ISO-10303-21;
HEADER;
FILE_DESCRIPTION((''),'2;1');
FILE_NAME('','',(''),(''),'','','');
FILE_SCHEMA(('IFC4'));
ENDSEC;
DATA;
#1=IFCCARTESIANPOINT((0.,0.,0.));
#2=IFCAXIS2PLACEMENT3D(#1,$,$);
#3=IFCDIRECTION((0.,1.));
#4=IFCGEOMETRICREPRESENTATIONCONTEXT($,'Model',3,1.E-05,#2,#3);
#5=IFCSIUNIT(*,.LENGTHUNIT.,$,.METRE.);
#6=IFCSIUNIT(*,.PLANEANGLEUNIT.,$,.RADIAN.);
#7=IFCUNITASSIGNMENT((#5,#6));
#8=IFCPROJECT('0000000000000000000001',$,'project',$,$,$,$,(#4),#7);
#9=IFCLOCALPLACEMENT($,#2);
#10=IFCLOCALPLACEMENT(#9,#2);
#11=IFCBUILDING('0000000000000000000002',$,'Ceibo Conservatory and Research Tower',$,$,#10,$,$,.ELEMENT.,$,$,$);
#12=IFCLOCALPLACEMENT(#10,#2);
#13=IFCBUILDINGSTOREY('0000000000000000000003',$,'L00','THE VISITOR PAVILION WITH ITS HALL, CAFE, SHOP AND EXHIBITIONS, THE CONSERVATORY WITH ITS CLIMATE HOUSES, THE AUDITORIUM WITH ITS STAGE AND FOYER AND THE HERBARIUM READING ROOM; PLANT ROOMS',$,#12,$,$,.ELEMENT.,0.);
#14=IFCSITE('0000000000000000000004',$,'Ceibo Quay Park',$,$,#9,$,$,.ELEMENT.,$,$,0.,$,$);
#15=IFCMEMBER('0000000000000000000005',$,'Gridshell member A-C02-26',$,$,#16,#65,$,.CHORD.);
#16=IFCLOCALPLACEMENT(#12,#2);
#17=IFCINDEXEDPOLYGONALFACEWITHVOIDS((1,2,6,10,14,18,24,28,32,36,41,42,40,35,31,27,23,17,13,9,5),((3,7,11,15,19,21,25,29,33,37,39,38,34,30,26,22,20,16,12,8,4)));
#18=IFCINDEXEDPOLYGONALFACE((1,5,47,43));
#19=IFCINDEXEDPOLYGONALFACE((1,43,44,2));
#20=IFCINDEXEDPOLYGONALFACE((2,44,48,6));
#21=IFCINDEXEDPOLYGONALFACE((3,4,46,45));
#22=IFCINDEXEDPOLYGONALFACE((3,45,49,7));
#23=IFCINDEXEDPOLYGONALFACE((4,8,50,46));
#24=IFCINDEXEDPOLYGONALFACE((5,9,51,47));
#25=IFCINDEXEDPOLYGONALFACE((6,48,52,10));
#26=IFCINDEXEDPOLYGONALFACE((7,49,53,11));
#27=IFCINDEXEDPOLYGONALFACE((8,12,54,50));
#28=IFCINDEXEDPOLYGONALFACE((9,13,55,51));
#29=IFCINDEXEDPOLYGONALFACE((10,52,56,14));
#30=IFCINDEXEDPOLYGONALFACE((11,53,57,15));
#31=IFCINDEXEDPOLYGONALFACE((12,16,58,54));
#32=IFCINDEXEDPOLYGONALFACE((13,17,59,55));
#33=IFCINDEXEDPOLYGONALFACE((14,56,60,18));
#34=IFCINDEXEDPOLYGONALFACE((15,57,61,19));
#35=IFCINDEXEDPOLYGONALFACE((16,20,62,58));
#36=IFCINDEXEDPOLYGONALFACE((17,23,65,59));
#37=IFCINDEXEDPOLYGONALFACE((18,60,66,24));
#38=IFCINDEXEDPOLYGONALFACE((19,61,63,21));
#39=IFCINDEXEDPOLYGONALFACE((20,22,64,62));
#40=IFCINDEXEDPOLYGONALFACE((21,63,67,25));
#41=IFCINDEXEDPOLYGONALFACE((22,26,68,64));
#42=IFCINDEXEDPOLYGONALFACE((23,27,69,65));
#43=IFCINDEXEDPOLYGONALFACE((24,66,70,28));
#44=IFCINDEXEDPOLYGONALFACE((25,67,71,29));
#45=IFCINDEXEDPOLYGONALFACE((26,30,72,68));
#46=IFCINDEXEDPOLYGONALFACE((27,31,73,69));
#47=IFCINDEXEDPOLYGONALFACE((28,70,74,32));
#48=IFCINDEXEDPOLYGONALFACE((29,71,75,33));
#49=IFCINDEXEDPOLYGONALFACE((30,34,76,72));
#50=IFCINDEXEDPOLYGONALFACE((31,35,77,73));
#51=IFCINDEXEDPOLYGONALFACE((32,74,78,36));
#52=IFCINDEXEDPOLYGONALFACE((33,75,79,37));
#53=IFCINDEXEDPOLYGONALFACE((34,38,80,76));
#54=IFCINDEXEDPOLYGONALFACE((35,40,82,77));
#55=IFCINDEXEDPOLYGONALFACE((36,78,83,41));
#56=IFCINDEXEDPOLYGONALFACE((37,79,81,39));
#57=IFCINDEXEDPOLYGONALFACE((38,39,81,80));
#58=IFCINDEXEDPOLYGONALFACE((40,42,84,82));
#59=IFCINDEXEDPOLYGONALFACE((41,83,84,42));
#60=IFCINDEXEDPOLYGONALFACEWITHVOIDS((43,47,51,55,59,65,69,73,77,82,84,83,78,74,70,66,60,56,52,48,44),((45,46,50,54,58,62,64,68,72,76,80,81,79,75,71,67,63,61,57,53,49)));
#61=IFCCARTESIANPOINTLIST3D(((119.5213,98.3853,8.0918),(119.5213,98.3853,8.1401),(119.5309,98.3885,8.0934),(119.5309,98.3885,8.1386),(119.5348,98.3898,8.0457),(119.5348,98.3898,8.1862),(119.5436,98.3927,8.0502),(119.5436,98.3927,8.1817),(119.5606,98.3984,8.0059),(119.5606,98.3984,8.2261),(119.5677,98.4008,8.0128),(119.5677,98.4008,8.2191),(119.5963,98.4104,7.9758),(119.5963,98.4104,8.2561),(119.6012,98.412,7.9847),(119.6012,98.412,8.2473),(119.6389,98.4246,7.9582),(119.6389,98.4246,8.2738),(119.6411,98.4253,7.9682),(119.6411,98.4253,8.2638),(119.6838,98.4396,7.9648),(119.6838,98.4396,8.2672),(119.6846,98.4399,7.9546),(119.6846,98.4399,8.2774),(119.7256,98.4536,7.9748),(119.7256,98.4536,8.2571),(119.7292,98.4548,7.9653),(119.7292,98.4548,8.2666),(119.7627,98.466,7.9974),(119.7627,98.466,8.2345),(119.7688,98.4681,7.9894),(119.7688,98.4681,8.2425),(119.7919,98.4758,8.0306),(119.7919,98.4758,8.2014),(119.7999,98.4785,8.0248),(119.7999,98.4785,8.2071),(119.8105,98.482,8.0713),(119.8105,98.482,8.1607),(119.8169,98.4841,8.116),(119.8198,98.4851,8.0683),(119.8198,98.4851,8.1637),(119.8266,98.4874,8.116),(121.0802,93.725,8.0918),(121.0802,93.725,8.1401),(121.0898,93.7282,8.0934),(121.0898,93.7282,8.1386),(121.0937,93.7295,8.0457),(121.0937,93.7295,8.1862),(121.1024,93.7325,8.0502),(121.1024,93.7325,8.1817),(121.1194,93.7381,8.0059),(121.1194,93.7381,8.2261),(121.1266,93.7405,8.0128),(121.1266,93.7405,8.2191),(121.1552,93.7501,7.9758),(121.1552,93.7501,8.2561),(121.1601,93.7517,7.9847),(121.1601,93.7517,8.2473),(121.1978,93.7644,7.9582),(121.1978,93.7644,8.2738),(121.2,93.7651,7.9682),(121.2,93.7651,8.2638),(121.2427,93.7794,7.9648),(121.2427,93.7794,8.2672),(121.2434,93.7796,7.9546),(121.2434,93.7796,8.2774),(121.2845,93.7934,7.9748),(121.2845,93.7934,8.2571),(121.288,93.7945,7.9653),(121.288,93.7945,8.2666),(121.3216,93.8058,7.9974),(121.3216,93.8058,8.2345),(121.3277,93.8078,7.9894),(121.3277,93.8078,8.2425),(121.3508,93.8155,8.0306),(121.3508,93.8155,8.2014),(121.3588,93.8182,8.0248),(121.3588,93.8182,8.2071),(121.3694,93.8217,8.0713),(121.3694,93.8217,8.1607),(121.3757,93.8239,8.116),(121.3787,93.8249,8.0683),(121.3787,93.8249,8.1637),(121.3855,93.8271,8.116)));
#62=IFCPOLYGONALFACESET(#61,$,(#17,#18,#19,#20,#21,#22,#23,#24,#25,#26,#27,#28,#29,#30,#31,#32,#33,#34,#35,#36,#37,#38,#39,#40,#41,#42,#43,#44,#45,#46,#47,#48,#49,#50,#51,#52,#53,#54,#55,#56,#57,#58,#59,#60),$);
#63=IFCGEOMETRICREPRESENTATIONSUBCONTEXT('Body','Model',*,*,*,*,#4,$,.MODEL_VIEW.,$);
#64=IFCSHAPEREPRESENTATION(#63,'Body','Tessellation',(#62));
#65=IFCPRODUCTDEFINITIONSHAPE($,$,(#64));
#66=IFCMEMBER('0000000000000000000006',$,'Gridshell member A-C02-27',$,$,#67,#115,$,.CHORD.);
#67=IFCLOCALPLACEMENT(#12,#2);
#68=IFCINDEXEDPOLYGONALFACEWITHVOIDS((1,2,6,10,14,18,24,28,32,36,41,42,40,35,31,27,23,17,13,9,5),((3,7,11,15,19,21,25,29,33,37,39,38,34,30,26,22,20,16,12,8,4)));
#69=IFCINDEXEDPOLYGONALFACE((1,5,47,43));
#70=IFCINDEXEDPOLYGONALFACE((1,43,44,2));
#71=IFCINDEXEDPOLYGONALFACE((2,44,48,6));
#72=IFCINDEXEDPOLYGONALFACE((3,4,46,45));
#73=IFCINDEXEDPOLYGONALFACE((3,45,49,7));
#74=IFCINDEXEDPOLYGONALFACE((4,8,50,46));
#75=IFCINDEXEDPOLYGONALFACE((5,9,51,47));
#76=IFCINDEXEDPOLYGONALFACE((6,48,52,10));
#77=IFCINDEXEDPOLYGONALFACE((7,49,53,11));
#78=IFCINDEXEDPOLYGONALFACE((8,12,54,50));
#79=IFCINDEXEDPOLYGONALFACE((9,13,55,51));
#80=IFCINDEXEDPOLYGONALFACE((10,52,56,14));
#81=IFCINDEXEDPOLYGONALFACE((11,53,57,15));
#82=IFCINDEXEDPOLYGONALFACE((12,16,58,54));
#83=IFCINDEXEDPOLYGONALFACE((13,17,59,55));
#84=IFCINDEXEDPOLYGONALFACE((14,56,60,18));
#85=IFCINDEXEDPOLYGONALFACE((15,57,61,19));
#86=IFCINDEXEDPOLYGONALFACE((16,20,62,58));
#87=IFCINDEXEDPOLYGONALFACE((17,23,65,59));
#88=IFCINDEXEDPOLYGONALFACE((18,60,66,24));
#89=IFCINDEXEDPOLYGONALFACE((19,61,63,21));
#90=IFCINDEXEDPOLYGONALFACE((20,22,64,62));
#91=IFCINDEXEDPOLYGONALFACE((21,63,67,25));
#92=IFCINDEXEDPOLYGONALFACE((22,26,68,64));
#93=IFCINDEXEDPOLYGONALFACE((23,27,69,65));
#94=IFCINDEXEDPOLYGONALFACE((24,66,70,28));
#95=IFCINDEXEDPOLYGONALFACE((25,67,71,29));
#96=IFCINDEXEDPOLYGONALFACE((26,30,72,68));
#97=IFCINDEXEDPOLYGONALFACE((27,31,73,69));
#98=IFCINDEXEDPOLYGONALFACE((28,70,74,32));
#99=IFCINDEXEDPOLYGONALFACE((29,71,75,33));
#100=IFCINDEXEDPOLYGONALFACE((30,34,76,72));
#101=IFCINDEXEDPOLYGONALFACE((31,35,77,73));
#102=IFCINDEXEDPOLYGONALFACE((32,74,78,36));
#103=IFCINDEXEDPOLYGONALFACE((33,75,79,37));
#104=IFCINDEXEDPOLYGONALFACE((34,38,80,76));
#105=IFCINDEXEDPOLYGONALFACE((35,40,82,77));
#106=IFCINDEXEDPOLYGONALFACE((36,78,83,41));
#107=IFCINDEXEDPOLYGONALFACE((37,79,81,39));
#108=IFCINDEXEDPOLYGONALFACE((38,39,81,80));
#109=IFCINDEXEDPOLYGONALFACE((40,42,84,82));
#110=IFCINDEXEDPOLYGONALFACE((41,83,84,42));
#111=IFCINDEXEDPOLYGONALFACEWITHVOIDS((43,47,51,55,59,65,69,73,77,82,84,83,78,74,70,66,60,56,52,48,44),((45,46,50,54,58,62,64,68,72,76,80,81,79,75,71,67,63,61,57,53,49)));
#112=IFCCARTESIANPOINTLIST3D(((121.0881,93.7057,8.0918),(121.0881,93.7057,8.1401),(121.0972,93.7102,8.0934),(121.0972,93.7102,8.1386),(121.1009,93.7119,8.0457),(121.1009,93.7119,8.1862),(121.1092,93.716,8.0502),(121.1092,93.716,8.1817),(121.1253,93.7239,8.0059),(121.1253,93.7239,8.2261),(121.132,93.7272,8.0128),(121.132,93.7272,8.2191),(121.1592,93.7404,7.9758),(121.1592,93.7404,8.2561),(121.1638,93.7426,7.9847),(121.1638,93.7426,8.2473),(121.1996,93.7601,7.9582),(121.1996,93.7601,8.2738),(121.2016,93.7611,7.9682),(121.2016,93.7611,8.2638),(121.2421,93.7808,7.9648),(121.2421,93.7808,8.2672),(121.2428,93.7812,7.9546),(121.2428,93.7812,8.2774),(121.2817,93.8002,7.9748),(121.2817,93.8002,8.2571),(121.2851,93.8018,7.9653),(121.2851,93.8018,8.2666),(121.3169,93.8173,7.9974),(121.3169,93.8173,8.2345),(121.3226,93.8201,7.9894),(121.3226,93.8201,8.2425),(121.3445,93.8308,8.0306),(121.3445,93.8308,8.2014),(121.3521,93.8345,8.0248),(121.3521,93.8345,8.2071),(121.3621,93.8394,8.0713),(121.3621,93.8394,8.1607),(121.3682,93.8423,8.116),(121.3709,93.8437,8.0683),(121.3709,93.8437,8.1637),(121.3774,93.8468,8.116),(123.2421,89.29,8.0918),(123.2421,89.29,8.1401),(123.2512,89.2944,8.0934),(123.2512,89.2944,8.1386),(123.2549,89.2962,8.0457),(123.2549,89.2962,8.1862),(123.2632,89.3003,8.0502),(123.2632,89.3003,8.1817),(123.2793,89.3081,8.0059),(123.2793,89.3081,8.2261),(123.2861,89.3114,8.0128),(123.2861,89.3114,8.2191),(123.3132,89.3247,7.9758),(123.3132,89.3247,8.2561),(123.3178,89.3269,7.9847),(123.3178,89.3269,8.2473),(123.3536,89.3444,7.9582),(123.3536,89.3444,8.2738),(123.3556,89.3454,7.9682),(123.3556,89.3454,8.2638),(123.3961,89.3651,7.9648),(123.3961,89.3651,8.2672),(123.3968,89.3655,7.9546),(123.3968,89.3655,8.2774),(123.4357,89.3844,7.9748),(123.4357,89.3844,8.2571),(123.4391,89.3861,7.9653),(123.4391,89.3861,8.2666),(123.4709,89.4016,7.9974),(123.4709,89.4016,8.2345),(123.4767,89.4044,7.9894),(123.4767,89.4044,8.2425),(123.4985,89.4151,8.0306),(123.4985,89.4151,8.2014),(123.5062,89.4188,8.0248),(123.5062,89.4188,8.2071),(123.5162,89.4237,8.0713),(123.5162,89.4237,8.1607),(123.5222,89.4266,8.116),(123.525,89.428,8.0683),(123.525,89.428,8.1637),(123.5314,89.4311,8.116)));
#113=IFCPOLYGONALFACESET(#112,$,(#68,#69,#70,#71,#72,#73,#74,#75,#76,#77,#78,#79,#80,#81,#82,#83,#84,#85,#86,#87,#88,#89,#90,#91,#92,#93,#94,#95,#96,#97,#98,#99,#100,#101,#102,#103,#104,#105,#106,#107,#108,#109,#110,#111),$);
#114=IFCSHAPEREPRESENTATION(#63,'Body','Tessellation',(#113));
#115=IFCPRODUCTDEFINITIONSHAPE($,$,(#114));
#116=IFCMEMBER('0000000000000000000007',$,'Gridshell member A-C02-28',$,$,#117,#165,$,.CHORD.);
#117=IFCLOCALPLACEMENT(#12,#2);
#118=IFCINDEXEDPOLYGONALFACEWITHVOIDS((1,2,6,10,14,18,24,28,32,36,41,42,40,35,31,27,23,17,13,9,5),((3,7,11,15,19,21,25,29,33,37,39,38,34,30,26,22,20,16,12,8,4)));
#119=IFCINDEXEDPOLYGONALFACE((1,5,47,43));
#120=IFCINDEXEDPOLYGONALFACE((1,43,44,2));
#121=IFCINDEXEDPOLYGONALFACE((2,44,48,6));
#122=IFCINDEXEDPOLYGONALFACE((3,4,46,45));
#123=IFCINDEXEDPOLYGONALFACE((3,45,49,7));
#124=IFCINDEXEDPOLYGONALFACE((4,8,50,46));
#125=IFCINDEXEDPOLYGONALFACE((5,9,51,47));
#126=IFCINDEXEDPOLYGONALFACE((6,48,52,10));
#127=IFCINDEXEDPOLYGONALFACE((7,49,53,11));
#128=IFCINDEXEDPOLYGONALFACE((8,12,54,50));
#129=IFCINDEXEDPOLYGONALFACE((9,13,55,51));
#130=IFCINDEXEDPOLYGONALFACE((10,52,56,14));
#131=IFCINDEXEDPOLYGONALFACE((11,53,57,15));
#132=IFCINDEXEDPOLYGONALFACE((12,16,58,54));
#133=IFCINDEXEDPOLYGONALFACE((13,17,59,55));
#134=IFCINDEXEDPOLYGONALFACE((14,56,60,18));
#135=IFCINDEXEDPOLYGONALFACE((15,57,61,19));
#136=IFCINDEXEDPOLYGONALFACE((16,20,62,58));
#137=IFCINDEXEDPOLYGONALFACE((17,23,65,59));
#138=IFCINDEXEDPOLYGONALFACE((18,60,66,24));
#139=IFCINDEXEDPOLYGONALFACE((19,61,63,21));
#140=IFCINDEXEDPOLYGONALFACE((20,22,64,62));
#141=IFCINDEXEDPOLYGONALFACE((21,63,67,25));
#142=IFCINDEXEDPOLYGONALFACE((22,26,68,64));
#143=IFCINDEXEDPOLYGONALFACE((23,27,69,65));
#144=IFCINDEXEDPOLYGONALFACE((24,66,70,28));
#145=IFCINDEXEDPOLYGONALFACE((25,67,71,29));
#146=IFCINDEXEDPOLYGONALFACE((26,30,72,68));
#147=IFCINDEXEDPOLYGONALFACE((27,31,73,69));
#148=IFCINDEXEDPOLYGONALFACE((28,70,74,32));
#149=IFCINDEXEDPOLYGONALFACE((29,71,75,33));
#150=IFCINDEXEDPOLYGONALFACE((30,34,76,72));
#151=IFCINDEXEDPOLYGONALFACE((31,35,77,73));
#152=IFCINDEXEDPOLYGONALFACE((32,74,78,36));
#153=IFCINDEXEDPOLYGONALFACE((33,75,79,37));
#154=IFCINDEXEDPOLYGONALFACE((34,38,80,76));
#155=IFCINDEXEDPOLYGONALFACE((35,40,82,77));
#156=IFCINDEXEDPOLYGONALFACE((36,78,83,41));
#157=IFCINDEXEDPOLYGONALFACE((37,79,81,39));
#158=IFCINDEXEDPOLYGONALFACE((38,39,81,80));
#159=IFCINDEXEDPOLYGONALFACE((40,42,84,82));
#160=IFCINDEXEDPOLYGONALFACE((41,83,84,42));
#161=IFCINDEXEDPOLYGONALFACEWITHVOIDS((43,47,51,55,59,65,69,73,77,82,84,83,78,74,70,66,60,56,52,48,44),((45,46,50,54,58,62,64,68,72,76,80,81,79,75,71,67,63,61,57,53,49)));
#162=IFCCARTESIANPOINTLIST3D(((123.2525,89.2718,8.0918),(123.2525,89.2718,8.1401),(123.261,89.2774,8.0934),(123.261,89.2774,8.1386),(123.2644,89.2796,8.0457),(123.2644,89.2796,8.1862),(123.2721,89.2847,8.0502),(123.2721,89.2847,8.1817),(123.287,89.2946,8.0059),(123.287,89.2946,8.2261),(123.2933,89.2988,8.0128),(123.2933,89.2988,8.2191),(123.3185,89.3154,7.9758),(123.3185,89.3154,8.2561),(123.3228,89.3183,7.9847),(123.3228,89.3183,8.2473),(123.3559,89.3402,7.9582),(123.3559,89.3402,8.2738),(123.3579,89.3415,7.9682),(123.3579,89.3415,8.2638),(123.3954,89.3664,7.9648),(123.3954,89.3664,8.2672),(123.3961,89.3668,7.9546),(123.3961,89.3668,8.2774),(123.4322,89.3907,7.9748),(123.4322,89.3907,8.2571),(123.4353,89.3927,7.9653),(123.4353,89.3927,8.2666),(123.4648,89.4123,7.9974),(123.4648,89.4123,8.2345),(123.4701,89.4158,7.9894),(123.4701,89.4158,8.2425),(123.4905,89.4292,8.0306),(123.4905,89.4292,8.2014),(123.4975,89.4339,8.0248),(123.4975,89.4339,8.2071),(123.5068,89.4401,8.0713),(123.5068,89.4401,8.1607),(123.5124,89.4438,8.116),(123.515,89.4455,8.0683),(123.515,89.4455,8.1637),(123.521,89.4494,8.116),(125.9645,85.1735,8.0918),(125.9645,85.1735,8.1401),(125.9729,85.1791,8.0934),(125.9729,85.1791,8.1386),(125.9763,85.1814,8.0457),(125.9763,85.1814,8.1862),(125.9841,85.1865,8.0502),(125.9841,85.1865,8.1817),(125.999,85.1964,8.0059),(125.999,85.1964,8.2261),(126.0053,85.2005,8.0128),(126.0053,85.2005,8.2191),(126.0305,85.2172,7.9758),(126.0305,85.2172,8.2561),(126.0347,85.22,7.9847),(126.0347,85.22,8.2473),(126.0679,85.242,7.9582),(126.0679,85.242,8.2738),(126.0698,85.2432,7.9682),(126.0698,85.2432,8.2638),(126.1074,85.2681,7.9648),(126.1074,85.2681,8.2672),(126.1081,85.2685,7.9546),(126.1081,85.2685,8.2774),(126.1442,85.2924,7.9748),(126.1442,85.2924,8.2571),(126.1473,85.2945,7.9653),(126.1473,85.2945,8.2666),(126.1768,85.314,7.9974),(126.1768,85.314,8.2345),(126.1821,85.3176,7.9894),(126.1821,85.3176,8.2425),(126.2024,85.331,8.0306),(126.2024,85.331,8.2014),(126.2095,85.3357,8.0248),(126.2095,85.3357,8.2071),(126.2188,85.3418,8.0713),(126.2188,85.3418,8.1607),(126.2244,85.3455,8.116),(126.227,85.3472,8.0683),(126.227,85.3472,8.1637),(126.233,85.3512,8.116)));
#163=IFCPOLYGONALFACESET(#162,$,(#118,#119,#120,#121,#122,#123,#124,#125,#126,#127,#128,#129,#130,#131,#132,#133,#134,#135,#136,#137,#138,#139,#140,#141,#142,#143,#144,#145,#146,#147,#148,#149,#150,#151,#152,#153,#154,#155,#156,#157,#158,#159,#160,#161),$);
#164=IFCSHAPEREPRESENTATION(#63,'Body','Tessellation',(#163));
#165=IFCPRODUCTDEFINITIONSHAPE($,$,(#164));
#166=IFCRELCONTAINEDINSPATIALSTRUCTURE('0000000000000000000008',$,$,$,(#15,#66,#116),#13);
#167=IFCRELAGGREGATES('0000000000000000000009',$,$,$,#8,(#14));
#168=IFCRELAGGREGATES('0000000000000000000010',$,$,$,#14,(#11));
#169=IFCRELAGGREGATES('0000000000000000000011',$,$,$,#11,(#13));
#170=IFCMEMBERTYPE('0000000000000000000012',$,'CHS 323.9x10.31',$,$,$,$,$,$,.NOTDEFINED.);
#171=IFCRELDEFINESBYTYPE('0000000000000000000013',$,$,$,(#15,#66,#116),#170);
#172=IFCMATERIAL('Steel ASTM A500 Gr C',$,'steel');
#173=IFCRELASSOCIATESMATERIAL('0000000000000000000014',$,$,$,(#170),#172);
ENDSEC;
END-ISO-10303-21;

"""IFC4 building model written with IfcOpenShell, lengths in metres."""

from ifc_helpers import new_model, si_unit, direction, frame, origin, origin_2d, place, context, subcontext, project, spatial, hollow_circle, extrude, material, material_profile, profile_set, type_object, element, save


model = new_model("IFC4")

# Units and contexts
model_context = context("Model", 3, precision=1e-05, world=origin(), true_north=direction((0.0, 1.0)))
body_context = subcontext(model_context, "Body", "Model", "MODEL_VIEW")
ifc_project = project(units=[si_unit("LENGTHUNIT", "METRE"), si_unit("PLANEANGLEUNIT", "RADIAN")], contexts=[model_context])

# Site, building, storey
site_placement = place(None, origin())
site = spatial("IfcSite", under=ifc_project, at=site_placement, Name="Ceibo Quay Park", CompositionType="ELEMENT", RefElevation=0.0)
building_placement = place(site_placement, origin())
building = spatial("IfcBuilding", under=site, at=building_placement, Name="Ceibo Conservatory and Research Tower", CompositionType="ELEMENT")
storey_placement = place(building_placement, origin())
storey = spatial("IfcBuildingStorey", under=building, at=storey_placement, Name="L00", Description="THE VISITOR PAVILION WITH ITS HALL, CAFE, SHOP AND EXHIBITIONS, THE CONSERVATORY WITH ITS CLIMATE HOUSES, THE AUDITORIUM WITH ITS STAGE AND FOYER AND THE HERBARIUM READING ROOM; PLANT ROOMS", CompositionType="ELEMENT", Elevation=0.0)

# Members
ifc_material_1 = material(Name="Steel ASTM A500 Gr C", Category="steel")
ifc_material_profile_1 = material_profile(ifc_material_1, hollow_circle(Radius=0.1619, WallThickness=0.0103, at=origin_2d()), Name="CHS 323.9x10.31")
ifc_profile_set_1 = profile_set([ifc_material_profile_1], Name="Steel ASTM A500 Gr C")
member_type_1 = type_object("IfcMemberType", Name="CHS 323.9x10.31", PredefinedType="NOTDEFINED", material=ifc_profile_set_1)
member_1_placement = place(storey_placement, frame((119.6731, 98.436, 8.116), z_axis=(0.317226, -0.94835, 0.0), x_axis=(0.94835, 0.317226, 0.0)))
element("IfcMember", 1, at=member_1_placement, inside=storey, type_object=member_type_1, Name="Gridshell member A-C02-26", PredefinedType="CHORD", context=body_context, shape_type="SweptSolid", body=[
    extrude(hollow_circle(Radius=0.1619, WallThickness=0.0103, at=origin_2d()), origin(), (0.0, 0.0, 1.0), 4.9141),
])
member_2_placement = place(storey_placement, frame((121.2319, 93.7759, 8.116), z_axis=(0.438427, -0.898767, 0.0), x_axis=(0.898767, 0.438427, 0.0)))
element("IfcMember", 2, at=member_2_placement, inside=storey, type_object=member_type_1, Name="Gridshell member A-C02-27", PredefinedType="CHORD", context=body_context, shape_type="SweptSolid", body=[
    extrude(hollow_circle(Radius=0.1619, WallThickness=0.0103, at=origin_2d()), origin(), (0.0, 0.0, 1.0), 4.9131),
])
member_3_placement = place(storey_placement, frame((123.386, 89.3601, 8.116), z_axis=(0.551854, -0.833941, 0.0), x_axis=(0.833941, 0.551854, 0.0)))
element("IfcMember", 3, at=member_3_placement, inside=storey, type_object=member_type_1, Name="Gridshell member A-C02-28", PredefinedType="CHORD", context=body_context, shape_type="SweptSolid", body=[
    extrude(hollow_circle(Radius=0.1619, WallThickness=0.0103, at=origin_2d()), origin(), (0.0, 0.0, 1.0), 4.9143),
])

save(model, "model.ifc")
